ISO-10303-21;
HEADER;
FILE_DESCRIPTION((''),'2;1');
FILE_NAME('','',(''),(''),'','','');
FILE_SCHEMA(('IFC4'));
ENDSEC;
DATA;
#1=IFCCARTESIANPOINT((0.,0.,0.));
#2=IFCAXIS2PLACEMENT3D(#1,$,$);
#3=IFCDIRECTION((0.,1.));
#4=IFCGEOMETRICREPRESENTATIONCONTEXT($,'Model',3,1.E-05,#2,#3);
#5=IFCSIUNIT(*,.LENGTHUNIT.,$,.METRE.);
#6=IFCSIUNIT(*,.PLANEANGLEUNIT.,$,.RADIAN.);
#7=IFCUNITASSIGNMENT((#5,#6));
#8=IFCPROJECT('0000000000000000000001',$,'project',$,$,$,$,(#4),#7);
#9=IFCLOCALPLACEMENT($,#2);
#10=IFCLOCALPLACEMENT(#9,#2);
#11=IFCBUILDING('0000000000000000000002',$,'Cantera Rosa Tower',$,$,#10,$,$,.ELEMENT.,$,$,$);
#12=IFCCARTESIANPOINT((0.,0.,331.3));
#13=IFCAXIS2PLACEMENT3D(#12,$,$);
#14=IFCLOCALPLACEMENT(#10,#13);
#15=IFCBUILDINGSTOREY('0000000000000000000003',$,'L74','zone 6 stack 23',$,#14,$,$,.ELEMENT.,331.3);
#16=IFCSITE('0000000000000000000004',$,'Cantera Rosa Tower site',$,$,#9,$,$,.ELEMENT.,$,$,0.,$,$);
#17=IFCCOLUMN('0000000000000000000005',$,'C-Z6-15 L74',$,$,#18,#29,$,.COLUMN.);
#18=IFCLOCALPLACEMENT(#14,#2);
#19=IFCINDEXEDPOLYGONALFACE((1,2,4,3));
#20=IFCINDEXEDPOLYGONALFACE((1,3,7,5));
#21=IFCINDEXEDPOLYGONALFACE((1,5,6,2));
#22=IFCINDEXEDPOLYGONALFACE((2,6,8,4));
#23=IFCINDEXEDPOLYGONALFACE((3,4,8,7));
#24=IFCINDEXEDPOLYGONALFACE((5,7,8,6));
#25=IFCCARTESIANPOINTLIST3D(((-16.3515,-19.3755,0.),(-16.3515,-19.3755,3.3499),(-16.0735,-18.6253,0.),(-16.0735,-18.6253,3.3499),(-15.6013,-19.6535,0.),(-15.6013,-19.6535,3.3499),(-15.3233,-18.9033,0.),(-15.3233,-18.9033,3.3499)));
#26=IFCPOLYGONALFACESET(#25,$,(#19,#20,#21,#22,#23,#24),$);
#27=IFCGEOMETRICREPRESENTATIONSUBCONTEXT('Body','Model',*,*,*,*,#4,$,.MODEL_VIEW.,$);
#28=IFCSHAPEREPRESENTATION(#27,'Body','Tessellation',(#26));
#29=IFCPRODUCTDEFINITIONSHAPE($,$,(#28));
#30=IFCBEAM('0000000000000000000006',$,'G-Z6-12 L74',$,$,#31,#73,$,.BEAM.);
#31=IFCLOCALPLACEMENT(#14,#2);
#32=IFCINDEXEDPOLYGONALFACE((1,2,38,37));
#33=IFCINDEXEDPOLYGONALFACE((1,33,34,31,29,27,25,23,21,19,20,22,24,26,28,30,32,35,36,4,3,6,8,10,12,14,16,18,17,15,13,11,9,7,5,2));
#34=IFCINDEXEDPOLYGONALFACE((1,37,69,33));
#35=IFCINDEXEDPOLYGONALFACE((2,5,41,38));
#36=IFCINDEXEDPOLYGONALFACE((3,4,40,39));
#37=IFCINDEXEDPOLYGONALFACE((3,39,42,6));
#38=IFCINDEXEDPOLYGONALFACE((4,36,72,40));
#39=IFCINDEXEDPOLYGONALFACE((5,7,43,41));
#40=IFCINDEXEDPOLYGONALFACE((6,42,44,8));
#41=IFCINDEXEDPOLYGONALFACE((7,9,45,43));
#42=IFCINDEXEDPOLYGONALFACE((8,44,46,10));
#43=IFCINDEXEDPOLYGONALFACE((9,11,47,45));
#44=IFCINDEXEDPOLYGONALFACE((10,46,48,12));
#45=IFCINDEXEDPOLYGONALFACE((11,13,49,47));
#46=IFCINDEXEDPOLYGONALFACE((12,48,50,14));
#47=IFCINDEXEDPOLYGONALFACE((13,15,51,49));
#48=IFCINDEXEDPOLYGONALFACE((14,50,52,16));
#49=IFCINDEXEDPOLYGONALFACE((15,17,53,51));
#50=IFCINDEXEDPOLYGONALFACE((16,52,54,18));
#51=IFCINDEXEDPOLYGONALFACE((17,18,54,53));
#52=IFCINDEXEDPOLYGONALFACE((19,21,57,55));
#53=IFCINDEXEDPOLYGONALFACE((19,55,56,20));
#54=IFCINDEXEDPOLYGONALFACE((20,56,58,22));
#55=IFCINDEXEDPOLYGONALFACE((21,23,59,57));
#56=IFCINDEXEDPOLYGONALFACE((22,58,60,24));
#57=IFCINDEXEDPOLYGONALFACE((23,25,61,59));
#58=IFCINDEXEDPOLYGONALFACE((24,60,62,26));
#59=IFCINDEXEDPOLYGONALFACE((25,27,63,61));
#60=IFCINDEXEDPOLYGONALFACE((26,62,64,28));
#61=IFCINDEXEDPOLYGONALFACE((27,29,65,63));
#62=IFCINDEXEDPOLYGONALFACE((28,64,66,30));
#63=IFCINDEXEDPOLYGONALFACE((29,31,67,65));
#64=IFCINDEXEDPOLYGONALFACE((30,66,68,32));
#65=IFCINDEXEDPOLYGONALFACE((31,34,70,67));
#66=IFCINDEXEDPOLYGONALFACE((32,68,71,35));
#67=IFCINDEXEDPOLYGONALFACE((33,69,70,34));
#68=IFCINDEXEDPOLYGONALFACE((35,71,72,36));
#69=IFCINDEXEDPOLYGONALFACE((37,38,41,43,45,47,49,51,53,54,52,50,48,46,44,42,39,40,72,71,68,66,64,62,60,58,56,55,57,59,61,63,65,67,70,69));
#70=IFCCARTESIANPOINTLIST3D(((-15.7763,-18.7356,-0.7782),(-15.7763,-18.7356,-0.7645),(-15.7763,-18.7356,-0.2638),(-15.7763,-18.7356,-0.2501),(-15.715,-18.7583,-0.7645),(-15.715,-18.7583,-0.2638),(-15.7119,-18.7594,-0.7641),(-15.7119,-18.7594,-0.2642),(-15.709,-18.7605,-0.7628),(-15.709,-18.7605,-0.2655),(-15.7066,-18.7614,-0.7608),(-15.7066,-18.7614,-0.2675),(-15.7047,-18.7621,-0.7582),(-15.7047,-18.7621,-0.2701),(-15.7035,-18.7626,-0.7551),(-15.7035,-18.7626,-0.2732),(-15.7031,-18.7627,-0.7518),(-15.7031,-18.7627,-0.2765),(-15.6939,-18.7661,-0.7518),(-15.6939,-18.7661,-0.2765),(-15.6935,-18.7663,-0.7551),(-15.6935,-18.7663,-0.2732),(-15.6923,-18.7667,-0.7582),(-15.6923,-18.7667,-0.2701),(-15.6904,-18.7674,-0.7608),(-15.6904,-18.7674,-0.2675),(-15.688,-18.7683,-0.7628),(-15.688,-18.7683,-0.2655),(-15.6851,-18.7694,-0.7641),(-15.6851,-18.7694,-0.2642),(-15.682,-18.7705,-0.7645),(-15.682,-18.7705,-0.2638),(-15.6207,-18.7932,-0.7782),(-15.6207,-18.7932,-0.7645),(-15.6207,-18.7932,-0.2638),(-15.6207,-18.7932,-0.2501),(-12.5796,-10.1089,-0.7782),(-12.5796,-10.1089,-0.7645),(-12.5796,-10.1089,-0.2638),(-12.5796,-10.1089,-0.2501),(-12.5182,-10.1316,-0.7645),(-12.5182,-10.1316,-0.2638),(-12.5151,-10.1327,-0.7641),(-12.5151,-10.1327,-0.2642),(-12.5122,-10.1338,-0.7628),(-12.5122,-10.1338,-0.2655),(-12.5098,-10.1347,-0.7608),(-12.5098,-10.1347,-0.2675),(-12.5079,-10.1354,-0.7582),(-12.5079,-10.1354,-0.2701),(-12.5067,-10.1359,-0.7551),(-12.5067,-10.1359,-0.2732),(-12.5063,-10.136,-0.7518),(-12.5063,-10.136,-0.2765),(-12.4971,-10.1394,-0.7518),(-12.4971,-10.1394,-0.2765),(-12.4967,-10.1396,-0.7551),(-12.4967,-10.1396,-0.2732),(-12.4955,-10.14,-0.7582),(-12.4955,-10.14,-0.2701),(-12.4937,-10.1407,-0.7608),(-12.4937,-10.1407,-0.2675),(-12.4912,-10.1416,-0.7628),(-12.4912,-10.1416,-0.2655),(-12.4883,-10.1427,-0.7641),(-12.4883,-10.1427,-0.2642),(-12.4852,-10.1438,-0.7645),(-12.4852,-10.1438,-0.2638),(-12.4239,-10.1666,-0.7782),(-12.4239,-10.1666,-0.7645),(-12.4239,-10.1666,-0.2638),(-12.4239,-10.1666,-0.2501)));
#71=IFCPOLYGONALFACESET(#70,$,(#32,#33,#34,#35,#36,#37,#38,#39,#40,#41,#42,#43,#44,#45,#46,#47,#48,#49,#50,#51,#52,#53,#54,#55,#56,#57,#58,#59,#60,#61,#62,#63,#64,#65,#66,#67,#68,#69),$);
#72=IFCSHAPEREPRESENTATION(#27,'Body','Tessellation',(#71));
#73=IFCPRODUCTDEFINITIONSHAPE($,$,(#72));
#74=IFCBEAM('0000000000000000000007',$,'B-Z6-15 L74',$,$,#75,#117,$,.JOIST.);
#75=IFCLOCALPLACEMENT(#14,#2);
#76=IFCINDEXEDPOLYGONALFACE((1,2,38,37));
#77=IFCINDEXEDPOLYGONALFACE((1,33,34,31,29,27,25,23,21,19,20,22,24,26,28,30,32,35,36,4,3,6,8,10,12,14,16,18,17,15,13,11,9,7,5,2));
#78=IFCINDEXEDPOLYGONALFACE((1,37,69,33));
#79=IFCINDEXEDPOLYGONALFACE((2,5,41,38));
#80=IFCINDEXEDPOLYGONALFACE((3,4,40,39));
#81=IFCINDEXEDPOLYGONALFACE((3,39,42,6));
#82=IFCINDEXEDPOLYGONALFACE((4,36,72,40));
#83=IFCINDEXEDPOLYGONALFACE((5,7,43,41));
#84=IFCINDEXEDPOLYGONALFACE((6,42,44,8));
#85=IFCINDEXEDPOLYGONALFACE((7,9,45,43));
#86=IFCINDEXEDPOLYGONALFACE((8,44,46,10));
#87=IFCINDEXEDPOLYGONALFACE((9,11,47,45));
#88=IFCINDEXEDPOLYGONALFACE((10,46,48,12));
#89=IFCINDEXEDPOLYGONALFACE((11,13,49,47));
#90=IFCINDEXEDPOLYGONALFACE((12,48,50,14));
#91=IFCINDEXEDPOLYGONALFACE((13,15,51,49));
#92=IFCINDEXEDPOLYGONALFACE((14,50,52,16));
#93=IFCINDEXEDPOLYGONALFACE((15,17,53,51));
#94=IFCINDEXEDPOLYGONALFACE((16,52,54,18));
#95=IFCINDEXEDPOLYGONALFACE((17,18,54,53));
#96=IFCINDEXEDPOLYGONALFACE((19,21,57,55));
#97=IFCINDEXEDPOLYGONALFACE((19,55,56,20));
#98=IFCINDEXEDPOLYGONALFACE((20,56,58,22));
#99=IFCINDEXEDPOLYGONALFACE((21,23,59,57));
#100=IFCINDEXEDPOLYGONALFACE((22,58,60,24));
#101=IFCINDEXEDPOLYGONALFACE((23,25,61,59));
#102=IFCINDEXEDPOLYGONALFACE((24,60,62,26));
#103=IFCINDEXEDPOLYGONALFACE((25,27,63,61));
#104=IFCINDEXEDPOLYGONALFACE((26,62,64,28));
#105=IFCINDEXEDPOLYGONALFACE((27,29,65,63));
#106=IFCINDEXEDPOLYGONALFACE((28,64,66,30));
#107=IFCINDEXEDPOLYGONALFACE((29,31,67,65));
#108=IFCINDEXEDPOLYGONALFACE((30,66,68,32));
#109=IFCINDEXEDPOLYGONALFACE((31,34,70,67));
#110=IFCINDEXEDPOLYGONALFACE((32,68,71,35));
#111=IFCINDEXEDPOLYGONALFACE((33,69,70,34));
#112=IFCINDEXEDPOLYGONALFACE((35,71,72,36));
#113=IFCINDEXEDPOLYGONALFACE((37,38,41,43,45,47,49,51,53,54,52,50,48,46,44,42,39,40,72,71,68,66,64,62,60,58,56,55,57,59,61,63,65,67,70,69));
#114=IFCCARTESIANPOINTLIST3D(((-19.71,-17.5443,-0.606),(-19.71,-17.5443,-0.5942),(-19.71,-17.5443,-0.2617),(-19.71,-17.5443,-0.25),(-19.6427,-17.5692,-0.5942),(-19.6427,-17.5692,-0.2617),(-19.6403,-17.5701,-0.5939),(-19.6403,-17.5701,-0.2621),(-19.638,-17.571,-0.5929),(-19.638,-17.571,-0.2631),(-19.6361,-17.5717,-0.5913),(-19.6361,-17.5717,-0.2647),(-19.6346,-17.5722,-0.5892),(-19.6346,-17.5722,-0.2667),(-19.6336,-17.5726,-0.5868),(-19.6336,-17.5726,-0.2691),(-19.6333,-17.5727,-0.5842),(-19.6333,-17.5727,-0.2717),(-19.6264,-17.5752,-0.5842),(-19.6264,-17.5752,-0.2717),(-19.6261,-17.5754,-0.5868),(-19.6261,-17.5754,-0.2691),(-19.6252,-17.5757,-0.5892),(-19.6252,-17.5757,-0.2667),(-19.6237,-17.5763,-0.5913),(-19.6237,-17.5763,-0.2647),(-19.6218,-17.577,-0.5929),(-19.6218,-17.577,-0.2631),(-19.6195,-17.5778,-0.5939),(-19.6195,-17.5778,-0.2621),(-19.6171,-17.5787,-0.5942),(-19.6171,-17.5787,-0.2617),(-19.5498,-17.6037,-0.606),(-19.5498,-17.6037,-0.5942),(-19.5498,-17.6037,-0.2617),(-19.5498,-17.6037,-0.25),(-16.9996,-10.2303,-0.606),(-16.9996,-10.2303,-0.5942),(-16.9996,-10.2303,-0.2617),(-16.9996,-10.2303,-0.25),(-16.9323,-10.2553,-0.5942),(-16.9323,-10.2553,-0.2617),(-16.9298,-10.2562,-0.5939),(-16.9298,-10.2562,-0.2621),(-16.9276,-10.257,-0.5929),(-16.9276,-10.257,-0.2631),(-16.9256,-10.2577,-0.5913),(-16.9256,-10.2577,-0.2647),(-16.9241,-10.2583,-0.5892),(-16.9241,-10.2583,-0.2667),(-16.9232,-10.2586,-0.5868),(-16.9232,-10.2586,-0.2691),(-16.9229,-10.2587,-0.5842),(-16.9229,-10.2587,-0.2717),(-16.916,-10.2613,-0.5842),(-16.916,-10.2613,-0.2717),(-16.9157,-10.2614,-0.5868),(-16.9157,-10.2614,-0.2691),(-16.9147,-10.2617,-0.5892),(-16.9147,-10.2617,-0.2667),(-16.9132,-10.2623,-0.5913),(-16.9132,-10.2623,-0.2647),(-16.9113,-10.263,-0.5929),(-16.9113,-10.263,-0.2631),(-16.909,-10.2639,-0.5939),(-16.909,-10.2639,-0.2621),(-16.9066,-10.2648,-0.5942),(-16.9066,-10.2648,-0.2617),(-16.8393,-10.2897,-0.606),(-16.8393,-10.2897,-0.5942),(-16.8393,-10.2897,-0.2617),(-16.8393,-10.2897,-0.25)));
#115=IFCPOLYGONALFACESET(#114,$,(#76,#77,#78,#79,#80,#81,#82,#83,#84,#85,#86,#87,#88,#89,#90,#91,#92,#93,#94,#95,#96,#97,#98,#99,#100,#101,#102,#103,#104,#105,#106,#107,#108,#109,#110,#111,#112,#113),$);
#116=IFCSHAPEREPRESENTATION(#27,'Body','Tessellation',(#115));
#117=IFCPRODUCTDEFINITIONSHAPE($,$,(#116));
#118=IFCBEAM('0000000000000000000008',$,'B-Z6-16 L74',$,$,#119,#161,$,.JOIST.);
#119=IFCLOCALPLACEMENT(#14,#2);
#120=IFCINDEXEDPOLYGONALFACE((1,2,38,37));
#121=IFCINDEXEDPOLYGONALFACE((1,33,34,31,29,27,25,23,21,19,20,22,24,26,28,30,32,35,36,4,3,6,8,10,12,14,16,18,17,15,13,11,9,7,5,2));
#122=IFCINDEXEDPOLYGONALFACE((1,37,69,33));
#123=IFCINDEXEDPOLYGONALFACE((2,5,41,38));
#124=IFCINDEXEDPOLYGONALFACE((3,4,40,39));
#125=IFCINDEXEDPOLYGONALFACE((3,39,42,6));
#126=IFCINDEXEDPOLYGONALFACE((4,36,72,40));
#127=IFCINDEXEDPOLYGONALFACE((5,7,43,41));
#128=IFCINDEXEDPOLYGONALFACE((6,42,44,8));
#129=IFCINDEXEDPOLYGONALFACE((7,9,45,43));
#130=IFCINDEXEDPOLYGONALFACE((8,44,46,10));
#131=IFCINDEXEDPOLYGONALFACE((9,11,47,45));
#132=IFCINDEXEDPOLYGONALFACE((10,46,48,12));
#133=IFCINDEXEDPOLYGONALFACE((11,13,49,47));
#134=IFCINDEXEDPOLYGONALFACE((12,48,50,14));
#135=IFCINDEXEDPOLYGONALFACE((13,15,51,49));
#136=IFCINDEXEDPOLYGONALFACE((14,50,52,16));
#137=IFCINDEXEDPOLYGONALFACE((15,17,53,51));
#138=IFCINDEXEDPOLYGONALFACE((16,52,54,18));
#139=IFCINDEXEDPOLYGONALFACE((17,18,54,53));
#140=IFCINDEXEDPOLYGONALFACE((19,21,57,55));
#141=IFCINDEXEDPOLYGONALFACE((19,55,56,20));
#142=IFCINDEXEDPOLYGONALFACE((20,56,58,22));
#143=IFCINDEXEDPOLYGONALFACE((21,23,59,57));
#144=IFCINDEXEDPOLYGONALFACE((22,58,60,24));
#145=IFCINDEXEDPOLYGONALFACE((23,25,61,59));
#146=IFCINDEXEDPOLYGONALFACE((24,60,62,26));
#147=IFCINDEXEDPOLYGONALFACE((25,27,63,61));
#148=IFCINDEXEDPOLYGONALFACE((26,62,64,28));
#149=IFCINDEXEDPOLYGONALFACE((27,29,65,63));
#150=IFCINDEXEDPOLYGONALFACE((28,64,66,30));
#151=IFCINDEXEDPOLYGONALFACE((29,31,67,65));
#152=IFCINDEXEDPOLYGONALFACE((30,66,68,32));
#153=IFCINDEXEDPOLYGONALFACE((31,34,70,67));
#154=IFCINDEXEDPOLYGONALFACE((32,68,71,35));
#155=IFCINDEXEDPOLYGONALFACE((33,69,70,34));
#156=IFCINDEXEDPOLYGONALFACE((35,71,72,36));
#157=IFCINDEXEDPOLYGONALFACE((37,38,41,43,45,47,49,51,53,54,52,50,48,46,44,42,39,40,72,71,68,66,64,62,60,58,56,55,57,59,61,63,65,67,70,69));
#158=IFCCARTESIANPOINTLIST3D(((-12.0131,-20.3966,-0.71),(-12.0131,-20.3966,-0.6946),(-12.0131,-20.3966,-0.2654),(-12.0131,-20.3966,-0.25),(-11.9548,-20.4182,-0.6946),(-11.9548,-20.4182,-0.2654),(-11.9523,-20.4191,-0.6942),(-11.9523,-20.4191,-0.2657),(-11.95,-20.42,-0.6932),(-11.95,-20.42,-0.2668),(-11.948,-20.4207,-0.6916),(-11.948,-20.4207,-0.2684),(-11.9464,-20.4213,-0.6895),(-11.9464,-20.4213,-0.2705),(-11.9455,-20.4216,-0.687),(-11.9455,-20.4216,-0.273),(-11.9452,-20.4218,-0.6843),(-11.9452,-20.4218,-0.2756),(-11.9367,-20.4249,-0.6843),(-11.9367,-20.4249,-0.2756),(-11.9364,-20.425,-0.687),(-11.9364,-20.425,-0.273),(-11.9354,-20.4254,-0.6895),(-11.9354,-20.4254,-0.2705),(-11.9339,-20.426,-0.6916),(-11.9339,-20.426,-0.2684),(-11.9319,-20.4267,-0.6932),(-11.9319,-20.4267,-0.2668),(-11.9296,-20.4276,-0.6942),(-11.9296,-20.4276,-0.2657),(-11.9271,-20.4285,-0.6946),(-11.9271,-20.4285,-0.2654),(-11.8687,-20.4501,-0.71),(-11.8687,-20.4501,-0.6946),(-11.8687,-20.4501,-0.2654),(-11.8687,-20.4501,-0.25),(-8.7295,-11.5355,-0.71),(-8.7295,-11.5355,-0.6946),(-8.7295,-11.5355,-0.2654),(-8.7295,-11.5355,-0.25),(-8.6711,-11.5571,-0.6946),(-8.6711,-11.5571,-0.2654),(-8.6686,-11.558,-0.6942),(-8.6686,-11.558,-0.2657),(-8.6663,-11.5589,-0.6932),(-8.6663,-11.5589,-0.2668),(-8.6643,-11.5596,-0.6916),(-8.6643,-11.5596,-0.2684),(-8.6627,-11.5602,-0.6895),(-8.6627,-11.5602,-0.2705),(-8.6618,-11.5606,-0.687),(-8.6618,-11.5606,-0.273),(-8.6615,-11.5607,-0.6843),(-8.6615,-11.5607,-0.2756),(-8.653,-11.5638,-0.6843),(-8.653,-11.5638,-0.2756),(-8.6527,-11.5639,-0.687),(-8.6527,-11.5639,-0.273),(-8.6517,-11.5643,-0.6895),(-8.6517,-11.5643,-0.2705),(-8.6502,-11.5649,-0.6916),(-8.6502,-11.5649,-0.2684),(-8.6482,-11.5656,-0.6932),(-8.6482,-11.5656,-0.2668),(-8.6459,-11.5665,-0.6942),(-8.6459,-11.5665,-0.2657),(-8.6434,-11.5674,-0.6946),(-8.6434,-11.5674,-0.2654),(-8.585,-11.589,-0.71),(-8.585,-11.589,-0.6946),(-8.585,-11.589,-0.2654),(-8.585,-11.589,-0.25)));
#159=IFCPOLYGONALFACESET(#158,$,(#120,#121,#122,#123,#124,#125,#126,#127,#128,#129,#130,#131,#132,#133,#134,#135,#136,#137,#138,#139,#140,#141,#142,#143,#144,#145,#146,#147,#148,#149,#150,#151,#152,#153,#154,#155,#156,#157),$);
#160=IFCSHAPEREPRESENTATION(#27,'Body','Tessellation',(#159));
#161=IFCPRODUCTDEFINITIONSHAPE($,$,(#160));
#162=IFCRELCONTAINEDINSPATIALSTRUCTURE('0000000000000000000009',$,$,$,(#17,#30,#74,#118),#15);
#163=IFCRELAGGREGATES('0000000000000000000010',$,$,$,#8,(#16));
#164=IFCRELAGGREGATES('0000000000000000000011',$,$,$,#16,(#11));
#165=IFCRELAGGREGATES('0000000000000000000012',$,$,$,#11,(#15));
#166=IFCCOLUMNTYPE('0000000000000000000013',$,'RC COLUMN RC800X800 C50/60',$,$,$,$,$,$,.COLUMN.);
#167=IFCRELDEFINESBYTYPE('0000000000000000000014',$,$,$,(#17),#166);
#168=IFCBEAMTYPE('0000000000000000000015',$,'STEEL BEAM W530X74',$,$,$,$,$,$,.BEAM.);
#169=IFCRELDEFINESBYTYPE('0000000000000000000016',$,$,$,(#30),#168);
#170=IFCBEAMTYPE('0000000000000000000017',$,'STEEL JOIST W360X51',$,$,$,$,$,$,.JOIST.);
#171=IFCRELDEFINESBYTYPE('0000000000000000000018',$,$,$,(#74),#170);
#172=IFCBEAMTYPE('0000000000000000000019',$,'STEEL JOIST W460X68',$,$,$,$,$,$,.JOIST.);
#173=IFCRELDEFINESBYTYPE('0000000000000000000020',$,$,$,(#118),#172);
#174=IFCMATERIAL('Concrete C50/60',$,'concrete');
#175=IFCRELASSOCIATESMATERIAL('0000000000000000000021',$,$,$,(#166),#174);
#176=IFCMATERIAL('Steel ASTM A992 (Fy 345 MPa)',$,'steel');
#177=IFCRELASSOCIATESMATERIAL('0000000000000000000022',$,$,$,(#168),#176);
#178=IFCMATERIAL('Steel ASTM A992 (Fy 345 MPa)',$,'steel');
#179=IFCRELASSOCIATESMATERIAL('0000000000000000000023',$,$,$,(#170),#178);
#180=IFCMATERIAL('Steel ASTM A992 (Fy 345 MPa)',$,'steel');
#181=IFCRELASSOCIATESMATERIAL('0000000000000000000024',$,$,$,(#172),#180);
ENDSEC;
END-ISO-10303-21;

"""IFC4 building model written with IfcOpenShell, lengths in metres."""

from ifc_helpers import new_model, si_unit, direction, frame, origin, origin_2d, place, context, subcontext, project, spatial, rectangle, i_section, extrude, material, material_profile, profile_set, type_object, element, save


model = new_model("IFC4")

# Units and contexts
model_context = context("Model", 3, precision=1e-05, world=origin(), true_north=direction((0.0, 1.0)))
body_context = subcontext(model_context, "Body", "Model", "MODEL_VIEW")
ifc_project = project(units=[si_unit("LENGTHUNIT", "METRE"), si_unit("PLANEANGLEUNIT", "RADIAN")], contexts=[model_context])

# Site, building, storey
site_placement = place(None, origin())
site = spatial("IfcSite", under=ifc_project, at=site_placement, Name="Cantera Rosa Tower site", CompositionType="ELEMENT", RefElevation=0.0)
building_placement = place(site_placement, origin())
building = spatial("IfcBuilding", under=site, at=building_placement, Name="Cantera Rosa Tower", CompositionType="ELEMENT")
storey_placement = place(building_placement, frame((0.0, 0.0, 331.3)))
storey = spatial("IfcBuildingStorey", under=building, at=storey_placement, Name="L74", Description="zone 6 stack 23", CompositionType="ELEMENT", Elevation=331.3)

# Column
ifc_material_1 = material(Name="Concrete C50/60", Category="concrete")
ifc_material_profile_1 = material_profile(ifc_material_1, rectangle(XDim=0.8, YDim=0.8, at=origin_2d()), Name="RC COLUMN RC800X800 C50/60")
ifc_profile_set_1 = profile_set([ifc_material_profile_1], Name="Concrete C50/60")
column_type = type_object("IfcColumnType", Name="RC COLUMN RC800X800 C50/60", PredefinedType="COLUMN", material=ifc_profile_set_1)
column_placement = place(storey_placement, frame((-15.8374, -19.1394, 0.0), z_axis=(0.0, 0.0, 1.0), x_axis=(0.347481, 0.937687, 0.0)))
element("IfcColumn", 1, at=column_placement, inside=storey, type_object=column_type, Name="C-Z6-15 L74", PredefinedType="COLUMN", context=body_context, shape_type="SweptSolid", body=[
    extrude(rectangle(XDim=0.8, YDim=0.8, at=origin_2d()), origin(), (0.0, 0.0, 1.0), 3.3499),
])

# Beams
ifc_material_2 = material(Name="Steel ASTM A992 (Fy 345 MPa)", Category="steel")
ifc_material_profile_2 = material_profile(ifc_material_2, i_section(OverallWidth=0.166, OverallDepth=0.5281, WebThickness=0.0098, FlangeThickness=0.0137, FilletRadius=0.0127, at=origin_2d()), Name="W530X74")
ifc_profile_set_2 = profile_set([ifc_material_profile_2], Name="Steel ASTM A992 (Fy 345 MPa)")
beam_type_1 = type_object("IfcBeamType", Name="STEEL BEAM W530X74", PredefinedType="BEAM", material=ifc_profile_set_2)
beam_1_placement = place(storey_placement, frame((-15.6985, -18.7644, -0.5142), z_axis=(0.347477, 0.937689, 0.0), x_axis=(-0.937689, 0.347477, 0.0)))
element("IfcBeam", 2, at=beam_1_placement, inside=storey, type_object=beam_type_1, Name="G-Z6-12 L74", PredefinedType="BEAM", context=body_context, shape_type="SweptSolid", body=[
    extrude(i_section(OverallWidth=0.166, OverallDepth=0.5281, WebThickness=0.0098, FlangeThickness=0.0137, FilletRadius=0.0127, at=origin_2d()), origin(), (0.0, 0.0, 1.0), 9.2),
])
ifc_material_3 = material(Name="Steel ASTM A992 (Fy 345 MPa)", Category="steel")
ifc_material_profile_3 = material_profile(ifc_material_3, i_section(OverallWidth=0.1709, OverallDepth=0.356, WebThickness=0.0073, FlangeThickness=0.0117, FilletRadius=0.01, at=origin_2d()), Name="W360X51")
ifc_profile_set_3 = profile_set([ifc_material_profile_3], Name="Steel ASTM A992 (Fy 345 MPa)")
beam_type_2 = type_object("IfcBeamType", Name="STEEL JOIST W360X51", PredefinedType="JOIST", material=ifc_profile_set_3)
beam_2_placement = place(storey_placement, frame((-19.6299, -17.574, -0.428), z_axis=(0.347492, 0.937683, 0.0), x_axis=(-0.937683, 0.347492, 0.0)))
element("IfcBeam", 3, at=beam_2_placement, inside=storey, type_object=beam_type_2, Name="B-Z6-15 L74", PredefinedType="JOIST", context=body_context, shape_type="SweptSolid", body=[
    extrude(i_section(OverallWidth=0.1709, OverallDepth=0.356, WebThickness=0.0073, FlangeThickness=0.0117, FilletRadius=0.01, at=origin_2d()), origin(), (0.0, 0.0, 1.0), 7.8),
])
ifc_material_4 = material(Name="Steel ASTM A992 (Fy 345 MPa)", Category="steel")
ifc_material_profile_4 = material_profile(ifc_material_4, i_section(OverallWidth=0.1541, OverallDepth=0.46, WebThickness=0.009, FlangeThickness=0.0154, FilletRadius=0.0103, at=origin_2d()), Name="W460X68")
ifc_profile_set_4 = profile_set([ifc_material_profile_4], Name="Steel ASTM A992 (Fy 345 MPa)")
beam_type_3 = type_object("IfcBeamType", Name="STEEL JOIST W460X68", PredefinedType="JOIST", material=ifc_profile_set_4)
beam_3_placement = place(storey_placement, frame((-11.9409, -20.4233, -0.48), z_axis=(0.347483, 0.937686, 0.0), x_axis=(-0.937686, 0.347483, 0.0)))
element("IfcBeam", 4, at=beam_3_placement, inside=storey, type_object=beam_type_3, Name="B-Z6-16 L74", PredefinedType="JOIST", context=body_context, shape_type="SweptSolid", body=[
    extrude(i_section(OverallWidth=0.1541, OverallDepth=0.46, WebThickness=0.009, FlangeThickness=0.0154, FilletRadius=0.0103, at=origin_2d()), origin(), (0.0, 0.0, 1.0), 9.45),
])

save(model, "model.ifc")
